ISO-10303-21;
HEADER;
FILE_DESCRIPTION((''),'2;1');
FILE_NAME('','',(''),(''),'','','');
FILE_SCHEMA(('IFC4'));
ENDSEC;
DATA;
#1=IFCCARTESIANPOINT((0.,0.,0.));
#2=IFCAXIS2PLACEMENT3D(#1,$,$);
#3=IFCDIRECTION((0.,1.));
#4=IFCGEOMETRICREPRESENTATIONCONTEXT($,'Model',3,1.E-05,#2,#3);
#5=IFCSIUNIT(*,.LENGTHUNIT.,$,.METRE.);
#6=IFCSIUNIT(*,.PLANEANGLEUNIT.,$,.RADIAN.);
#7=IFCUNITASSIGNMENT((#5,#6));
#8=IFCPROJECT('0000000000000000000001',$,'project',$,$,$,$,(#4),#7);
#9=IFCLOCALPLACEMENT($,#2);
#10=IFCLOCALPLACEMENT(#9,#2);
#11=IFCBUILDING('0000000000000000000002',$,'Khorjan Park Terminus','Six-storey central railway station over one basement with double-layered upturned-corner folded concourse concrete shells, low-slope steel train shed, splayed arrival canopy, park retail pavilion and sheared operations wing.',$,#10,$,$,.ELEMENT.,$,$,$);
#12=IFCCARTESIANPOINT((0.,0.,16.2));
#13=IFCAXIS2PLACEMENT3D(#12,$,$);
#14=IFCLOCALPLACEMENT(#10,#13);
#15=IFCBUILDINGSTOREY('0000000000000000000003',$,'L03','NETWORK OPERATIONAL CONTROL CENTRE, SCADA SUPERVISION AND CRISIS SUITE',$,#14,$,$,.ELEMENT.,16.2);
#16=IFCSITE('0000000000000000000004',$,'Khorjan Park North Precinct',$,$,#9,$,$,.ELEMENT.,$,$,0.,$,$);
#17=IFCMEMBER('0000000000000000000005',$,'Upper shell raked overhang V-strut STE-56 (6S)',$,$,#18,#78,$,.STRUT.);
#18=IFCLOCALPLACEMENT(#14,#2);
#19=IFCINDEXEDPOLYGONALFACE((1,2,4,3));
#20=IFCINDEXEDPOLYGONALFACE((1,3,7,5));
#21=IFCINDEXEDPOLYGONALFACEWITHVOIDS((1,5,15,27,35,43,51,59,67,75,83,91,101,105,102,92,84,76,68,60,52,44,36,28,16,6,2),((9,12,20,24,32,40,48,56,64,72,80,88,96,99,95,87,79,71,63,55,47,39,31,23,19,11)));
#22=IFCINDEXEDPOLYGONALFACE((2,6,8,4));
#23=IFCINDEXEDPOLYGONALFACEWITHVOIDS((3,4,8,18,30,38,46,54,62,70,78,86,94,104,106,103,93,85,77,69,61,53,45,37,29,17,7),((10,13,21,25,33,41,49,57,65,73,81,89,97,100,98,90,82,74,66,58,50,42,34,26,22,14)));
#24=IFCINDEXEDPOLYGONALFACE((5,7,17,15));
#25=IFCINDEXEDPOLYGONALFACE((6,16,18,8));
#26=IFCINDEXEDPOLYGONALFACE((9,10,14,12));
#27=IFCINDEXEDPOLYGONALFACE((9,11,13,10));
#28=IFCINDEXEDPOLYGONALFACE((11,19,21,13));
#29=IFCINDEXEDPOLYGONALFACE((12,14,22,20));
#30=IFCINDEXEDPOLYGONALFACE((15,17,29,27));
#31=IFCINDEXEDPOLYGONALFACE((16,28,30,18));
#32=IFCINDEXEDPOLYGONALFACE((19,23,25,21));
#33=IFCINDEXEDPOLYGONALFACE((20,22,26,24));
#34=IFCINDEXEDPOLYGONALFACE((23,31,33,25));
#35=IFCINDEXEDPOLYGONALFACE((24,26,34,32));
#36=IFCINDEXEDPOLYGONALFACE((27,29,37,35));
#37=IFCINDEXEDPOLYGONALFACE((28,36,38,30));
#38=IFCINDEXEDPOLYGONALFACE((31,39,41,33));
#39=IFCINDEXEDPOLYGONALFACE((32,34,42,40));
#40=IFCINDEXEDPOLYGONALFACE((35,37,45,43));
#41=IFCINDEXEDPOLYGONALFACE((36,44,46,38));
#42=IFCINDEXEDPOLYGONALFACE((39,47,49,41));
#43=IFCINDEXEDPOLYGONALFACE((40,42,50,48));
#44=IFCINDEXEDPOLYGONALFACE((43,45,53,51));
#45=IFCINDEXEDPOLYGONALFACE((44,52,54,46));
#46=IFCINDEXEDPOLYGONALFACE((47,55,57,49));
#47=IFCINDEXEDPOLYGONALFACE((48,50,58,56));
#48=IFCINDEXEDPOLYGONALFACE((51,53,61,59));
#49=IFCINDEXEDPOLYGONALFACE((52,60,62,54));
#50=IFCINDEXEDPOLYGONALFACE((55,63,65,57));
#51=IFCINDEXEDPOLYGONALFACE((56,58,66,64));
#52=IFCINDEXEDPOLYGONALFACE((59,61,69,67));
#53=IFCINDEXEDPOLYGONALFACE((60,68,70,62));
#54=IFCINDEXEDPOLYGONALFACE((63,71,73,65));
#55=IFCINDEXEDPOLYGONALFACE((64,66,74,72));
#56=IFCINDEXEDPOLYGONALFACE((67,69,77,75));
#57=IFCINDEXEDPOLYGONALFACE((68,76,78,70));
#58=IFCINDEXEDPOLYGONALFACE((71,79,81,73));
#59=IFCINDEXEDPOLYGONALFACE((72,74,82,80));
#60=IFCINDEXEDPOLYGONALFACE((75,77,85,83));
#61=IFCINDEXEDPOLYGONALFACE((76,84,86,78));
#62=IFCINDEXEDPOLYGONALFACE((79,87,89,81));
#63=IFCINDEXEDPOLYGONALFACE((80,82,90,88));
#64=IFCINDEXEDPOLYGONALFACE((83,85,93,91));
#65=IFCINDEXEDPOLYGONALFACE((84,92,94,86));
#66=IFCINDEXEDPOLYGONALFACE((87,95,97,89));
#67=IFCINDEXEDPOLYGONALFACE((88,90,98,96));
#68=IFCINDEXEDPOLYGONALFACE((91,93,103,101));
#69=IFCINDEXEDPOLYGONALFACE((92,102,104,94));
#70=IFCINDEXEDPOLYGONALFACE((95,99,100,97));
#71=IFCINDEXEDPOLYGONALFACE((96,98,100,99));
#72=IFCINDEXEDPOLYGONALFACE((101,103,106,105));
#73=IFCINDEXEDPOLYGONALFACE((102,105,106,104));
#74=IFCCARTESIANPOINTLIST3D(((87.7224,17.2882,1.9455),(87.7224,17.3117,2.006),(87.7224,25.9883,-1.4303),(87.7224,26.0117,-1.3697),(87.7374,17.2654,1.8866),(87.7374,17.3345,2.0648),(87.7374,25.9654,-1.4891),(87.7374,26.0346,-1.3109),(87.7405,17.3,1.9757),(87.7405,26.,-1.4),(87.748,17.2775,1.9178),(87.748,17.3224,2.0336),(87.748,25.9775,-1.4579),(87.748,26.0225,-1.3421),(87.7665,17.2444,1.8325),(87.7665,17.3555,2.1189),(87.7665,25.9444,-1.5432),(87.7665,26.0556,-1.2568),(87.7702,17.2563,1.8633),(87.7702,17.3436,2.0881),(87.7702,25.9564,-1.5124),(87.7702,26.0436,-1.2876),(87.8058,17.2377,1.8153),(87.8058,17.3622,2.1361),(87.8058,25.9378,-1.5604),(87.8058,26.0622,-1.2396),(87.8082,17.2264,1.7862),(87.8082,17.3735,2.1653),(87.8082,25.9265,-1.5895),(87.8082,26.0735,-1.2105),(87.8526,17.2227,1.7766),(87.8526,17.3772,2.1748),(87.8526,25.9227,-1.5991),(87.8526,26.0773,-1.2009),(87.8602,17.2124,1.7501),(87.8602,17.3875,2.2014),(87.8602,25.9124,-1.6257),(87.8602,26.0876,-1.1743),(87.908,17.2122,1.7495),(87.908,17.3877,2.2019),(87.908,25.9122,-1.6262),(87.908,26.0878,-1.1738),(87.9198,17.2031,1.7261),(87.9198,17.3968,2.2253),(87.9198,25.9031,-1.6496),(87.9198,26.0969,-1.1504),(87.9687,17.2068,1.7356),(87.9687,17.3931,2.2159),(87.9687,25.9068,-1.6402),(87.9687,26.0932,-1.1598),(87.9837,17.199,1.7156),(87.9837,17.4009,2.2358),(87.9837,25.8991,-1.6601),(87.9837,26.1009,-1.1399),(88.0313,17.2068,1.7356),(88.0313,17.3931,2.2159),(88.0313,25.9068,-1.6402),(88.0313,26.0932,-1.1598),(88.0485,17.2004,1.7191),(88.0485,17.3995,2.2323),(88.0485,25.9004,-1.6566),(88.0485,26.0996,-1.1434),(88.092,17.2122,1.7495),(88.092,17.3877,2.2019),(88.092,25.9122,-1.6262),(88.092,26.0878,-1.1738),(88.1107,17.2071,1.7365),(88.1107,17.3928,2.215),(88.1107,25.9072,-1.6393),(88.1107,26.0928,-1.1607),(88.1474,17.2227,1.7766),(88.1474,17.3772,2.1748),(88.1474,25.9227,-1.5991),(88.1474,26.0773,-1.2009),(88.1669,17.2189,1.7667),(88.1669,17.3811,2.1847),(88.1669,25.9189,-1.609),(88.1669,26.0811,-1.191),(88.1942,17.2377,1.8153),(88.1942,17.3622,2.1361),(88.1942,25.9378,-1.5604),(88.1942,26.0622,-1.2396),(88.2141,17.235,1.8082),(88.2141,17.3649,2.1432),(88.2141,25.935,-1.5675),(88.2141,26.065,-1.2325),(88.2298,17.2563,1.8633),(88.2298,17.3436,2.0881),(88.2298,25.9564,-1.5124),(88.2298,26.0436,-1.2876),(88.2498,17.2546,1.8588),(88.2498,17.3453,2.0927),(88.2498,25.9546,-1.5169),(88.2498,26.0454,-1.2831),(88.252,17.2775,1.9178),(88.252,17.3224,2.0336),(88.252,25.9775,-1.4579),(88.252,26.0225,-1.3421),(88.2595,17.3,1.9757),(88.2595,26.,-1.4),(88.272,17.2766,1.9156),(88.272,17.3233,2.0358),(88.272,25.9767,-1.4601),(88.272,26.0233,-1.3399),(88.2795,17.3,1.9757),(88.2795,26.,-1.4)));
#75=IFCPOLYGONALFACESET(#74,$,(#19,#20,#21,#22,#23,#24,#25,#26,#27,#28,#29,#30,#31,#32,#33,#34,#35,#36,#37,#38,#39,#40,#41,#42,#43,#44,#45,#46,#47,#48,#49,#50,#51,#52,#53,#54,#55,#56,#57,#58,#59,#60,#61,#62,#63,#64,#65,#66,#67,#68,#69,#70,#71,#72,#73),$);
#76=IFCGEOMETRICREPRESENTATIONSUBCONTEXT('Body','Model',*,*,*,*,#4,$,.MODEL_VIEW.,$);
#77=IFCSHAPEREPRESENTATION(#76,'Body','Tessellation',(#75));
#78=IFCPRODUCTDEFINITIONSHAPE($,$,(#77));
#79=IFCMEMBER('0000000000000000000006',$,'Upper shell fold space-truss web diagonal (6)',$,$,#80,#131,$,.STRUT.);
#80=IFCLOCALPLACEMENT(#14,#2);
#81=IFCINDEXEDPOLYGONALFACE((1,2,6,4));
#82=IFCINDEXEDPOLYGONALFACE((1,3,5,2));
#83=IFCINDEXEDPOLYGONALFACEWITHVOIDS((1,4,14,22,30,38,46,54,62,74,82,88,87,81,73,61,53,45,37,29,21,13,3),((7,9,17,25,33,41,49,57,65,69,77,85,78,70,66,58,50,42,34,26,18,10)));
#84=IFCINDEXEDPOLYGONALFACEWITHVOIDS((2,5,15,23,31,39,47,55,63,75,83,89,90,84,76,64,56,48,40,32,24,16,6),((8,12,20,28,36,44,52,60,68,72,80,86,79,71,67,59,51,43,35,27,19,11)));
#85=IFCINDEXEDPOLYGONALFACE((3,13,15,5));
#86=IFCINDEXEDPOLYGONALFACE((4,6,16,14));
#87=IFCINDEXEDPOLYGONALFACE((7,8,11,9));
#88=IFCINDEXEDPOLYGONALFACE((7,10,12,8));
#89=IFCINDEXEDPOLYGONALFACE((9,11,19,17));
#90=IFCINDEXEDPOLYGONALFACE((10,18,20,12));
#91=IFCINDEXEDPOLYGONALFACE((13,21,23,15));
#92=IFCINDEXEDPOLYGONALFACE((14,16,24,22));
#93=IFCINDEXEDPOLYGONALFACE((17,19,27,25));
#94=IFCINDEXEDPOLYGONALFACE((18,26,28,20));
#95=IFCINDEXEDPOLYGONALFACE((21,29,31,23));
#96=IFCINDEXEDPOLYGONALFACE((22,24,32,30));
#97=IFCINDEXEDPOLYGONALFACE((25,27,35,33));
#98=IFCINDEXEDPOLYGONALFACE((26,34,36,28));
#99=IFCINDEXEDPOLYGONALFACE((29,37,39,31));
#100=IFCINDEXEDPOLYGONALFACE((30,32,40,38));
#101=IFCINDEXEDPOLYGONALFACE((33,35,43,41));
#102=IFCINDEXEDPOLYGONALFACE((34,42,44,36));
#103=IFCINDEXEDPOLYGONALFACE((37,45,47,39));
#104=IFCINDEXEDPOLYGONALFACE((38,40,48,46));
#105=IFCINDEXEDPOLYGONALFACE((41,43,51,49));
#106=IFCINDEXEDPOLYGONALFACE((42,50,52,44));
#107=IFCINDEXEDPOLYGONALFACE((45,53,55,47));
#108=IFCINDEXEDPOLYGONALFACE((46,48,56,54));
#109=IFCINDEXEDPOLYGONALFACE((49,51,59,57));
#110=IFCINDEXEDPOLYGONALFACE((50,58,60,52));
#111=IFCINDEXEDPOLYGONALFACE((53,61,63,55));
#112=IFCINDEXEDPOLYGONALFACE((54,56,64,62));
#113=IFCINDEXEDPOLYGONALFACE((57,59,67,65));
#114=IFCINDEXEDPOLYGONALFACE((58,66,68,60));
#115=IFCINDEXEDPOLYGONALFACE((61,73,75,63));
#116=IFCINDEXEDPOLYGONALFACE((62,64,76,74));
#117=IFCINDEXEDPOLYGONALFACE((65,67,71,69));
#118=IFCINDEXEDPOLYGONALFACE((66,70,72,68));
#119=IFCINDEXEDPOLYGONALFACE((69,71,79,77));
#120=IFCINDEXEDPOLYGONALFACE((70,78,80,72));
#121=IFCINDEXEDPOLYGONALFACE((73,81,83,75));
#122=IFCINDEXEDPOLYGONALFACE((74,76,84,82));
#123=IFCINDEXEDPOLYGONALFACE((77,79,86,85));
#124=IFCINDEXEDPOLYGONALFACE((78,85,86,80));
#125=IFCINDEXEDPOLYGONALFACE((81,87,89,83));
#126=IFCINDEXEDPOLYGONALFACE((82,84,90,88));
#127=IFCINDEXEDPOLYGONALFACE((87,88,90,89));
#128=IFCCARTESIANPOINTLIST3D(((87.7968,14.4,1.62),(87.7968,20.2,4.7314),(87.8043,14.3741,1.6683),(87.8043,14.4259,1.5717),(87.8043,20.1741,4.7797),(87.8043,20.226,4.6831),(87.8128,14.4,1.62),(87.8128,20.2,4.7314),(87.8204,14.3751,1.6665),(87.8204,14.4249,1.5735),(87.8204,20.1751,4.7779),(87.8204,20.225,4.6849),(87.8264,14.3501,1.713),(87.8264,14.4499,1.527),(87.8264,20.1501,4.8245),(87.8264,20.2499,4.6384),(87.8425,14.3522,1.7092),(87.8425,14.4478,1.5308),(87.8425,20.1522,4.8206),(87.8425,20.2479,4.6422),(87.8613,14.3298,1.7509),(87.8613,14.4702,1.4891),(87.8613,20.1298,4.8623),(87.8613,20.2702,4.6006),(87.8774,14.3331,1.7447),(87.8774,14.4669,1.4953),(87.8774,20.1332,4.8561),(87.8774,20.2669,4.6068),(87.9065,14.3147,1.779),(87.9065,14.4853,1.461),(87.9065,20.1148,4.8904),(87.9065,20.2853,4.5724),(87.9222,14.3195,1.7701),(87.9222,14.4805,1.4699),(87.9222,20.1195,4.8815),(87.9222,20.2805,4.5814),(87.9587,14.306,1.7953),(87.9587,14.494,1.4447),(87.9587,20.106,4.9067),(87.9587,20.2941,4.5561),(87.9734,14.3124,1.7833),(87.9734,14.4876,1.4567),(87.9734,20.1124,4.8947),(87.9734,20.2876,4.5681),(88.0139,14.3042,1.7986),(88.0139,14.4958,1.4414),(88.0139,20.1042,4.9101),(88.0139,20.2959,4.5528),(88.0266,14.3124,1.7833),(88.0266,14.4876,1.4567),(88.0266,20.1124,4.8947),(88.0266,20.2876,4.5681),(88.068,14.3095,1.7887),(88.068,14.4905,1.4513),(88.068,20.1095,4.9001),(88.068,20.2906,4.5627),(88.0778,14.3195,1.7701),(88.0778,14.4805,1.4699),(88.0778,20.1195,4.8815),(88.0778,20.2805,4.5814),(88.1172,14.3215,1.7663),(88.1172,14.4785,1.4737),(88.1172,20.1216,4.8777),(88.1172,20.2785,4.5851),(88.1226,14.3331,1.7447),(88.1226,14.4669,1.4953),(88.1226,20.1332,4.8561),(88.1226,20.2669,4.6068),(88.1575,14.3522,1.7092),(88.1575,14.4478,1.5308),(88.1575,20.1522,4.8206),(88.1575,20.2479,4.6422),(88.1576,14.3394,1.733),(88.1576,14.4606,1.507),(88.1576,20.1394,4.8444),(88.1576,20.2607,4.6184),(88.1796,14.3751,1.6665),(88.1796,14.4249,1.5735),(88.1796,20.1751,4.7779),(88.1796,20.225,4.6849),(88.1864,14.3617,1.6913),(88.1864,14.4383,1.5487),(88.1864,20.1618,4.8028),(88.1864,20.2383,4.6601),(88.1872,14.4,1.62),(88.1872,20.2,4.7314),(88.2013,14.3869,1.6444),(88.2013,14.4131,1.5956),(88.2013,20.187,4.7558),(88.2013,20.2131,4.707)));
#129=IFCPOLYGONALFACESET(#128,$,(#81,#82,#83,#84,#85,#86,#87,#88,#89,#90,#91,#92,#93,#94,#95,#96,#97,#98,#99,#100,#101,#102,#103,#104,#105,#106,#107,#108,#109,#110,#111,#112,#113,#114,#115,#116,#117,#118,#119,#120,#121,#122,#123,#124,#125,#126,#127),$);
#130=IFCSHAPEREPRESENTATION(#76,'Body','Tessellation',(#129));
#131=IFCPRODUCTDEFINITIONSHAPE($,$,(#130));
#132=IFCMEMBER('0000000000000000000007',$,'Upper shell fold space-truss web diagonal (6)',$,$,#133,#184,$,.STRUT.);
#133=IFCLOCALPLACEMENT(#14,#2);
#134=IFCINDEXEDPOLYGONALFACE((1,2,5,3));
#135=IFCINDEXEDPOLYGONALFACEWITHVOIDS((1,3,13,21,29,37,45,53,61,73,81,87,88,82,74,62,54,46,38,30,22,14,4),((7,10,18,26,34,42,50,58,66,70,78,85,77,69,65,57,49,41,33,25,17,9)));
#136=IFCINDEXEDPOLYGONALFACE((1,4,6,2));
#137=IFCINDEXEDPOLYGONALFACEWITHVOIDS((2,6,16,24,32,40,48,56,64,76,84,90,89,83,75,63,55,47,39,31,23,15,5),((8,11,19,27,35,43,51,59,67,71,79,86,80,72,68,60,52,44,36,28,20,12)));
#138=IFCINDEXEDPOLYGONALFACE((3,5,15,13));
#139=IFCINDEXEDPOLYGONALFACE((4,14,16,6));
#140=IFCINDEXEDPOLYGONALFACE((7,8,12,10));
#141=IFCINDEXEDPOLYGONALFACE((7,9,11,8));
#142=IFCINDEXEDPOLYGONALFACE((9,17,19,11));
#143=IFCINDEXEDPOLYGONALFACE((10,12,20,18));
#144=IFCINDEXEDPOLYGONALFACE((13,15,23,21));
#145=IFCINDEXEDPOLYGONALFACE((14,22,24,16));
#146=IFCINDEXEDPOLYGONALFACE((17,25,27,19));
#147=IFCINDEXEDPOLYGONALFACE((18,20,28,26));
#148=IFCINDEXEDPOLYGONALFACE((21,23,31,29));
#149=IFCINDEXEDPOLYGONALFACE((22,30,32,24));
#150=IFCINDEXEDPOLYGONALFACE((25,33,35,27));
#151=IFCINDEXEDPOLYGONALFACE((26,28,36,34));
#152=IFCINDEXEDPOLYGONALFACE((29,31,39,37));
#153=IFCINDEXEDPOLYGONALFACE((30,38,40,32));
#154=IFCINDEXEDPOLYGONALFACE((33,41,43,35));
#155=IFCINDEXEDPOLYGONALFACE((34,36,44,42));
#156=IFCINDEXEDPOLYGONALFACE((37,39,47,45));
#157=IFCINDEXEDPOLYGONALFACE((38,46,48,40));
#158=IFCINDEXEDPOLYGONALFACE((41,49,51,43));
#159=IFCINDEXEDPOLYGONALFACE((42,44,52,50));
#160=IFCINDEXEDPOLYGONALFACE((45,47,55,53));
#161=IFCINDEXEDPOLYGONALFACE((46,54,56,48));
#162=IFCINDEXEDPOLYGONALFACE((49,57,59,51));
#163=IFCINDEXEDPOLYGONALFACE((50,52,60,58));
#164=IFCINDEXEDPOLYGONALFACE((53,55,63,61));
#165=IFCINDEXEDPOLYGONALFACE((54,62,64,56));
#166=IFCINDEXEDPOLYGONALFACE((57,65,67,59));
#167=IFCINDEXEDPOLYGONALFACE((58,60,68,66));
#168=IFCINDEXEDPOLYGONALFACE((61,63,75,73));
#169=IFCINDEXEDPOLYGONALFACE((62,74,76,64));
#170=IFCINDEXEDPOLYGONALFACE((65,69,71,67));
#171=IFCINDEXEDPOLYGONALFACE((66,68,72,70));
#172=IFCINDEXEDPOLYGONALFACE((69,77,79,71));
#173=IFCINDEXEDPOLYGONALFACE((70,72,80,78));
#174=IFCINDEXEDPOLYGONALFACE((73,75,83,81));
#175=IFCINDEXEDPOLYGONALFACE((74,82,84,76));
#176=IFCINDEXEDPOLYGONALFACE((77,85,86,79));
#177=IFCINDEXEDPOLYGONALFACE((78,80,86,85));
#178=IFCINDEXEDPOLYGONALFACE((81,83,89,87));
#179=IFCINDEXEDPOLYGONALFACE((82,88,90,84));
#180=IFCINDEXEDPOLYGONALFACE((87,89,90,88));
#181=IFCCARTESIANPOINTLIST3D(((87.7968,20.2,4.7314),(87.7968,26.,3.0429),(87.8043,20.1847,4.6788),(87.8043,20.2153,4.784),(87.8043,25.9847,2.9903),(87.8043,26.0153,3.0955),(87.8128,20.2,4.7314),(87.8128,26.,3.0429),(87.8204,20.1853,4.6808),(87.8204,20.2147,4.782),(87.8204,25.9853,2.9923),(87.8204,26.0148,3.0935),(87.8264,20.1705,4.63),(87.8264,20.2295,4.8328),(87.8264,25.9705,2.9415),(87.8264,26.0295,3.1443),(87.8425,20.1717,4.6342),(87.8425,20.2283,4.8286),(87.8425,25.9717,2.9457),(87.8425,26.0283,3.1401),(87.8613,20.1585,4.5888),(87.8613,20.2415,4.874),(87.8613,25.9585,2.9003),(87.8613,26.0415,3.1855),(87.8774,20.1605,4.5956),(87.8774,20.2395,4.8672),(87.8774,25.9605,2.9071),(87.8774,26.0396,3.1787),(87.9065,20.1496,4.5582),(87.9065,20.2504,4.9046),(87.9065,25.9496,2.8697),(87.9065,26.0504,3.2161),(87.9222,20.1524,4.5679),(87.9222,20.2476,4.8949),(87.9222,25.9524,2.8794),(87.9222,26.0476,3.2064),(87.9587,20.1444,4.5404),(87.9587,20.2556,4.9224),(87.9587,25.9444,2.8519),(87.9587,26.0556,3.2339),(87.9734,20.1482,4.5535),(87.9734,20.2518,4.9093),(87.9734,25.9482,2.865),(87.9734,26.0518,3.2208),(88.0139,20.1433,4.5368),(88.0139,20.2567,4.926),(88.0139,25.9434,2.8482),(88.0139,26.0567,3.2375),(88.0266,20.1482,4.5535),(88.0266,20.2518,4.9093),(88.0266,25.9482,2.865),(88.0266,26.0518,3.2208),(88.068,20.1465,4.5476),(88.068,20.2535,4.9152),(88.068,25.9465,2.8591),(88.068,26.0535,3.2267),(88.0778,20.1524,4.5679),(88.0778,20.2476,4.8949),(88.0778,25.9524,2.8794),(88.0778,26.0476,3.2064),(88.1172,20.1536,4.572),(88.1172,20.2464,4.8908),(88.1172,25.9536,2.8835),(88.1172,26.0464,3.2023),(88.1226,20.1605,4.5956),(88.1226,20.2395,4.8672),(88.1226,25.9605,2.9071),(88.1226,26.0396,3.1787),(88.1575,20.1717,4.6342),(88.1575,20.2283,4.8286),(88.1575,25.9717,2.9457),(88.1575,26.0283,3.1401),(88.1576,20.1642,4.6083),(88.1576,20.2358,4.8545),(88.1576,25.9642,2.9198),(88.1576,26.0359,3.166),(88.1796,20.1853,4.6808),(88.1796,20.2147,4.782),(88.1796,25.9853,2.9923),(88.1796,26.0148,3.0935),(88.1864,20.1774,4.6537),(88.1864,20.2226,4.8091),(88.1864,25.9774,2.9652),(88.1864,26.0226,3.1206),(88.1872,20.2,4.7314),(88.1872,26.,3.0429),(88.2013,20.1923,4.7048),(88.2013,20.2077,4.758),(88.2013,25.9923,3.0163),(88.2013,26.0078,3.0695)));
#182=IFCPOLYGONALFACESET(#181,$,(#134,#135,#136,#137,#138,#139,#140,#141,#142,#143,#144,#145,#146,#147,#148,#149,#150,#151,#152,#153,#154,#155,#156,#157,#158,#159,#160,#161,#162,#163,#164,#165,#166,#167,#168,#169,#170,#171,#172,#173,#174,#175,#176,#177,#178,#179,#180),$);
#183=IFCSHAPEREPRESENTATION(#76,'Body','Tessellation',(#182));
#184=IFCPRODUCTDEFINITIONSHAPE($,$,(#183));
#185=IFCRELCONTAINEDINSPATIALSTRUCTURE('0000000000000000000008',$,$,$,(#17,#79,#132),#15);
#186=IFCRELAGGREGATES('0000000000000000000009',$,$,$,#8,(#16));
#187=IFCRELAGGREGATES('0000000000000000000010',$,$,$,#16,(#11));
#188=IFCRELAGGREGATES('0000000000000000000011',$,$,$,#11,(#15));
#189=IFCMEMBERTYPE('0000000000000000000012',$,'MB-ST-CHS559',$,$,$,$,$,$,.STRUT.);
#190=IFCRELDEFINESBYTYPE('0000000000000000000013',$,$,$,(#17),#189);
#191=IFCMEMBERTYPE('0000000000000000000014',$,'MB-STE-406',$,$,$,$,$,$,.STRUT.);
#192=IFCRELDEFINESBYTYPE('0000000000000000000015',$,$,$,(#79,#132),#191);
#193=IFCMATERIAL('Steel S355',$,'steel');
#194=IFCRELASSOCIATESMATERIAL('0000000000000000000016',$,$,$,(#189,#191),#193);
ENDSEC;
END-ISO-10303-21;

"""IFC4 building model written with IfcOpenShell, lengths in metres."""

from ifc_helpers import new_model, si_unit, direction, frame, origin, origin_2d, place, context, subcontext, project, spatial, hollow_circle, extrude, material, material_profile, profile_set, type_object, element, save


model = new_model("IFC4")

# Units and contexts
model_context = context("Model", 3, precision=1e-05, world=origin(), true_north=direction((0.0, 1.0)))
body_context = subcontext(model_context, "Body", "Model", "MODEL_VIEW")
ifc_project = project(units=[si_unit("LENGTHUNIT", "METRE"), si_unit("PLANEANGLEUNIT", "RADIAN")], contexts=[model_context])

# Site, building, storey
site_placement = place(None, origin())
site = spatial("IfcSite", under=ifc_project, at=site_placement, Name="Khorjan Park North Precinct", CompositionType="ELEMENT", RefElevation=0.0)
building_placement = place(site_placement, origin())
building = spatial("IfcBuilding", under=site, at=building_placement, Name="Khorjan Park Terminus", Description="Six-storey central railway station over one basement with double-layered upturned-corner folded concourse concrete shells, low-slope steel train shed, splayed arrival canopy, park retail pavilion and sheared operations wing.", CompositionType="ELEMENT")
storey_placement = place(building_placement, frame((0.0, 0.0, 16.2)))
storey = spatial("IfcBuildingStorey", under=building, at=storey_placement, Name="L03", Description="NETWORK OPERATIONAL CONTROL CENTRE, SCADA SUPERVISION AND CRISIS SUITE", CompositionType="ELEMENT", Elevation=16.2)

# Members
ifc_material_1 = material(Name="Steel S355", Category="steel")
ifc_material_profile_1 = material_profile(ifc_material_1, hollow_circle(Radius=0.2795, WallThickness=0.02, at=origin_2d()), Name="CHS 559x20")
ifc_profile_set_1 = profile_set([ifc_material_profile_1], Name="Steel S355")
member_type_1 = type_object("IfcMemberType", Name="MB-ST-CHS559", PredefinedType="STRUT", material=ifc_profile_set_1)
member_1_placement = place(storey_placement, frame((88.0, 26.0, -1.4), z_axis=(0.0, -0.932281, 0.361736), x_axis=(1.0, 0.0, 0.0)))
element("IfcMember", 1, at=member_1_placement, inside=storey, type_object=member_type_1, Name="Upper shell raked overhang V-strut STE-56 (6S)", PredefinedType="STRUT", context=body_context, shape_type="SweptSolid", body=[
    extrude(hollow_circle(Radius=0.2795, WallThickness=0.02, at=origin_2d()), origin(), (0.0, 0.0, 1.0), 9.332),
])
ifc_material_profile_2 = material_profile(ifc_material_1, hollow_circle(Radius=0.2032, WallThickness=0.016, at=origin_2d()), Name="CHS 406.4x16")
ifc_profile_set_2 = profile_set([ifc_material_profile_2], Name="Steel S355")
member_type_2 = type_object("IfcMemberType", Name="MB-STE-406", PredefinedType="STRUT", material=ifc_profile_set_2)
member_2_placement = place(storey_placement, frame((88.0, 14.4, 1.62), z_axis=(0.0, 0.881211, 0.472724), x_axis=(-1.0, 0.0, 0.0)))
element("IfcMember", 2, at=member_2_placement, inside=storey, type_object=member_type_2, Name="Upper shell fold space-truss web diagonal (6)", PredefinedType="STRUT", context=body_context, shape_type="SweptSolid", body=[
    extrude(hollow_circle(Radius=0.2032, WallThickness=0.016, at=origin_2d()), origin(), (0.0, 0.0, 1.0), 6.5819),
])
member_3_placement = place(storey_placement, frame((88.0, 20.2, 4.7314), z_axis=(0.0, 0.960141, -0.279517), x_axis=(-1.0, 0.0, 0.0)))
element("IfcMember", 3, at=member_3_placement, inside=storey, type_object=member_type_2, Name="Upper shell fold space-truss web diagonal (6)", PredefinedType="STRUT", context=body_context, shape_type="SweptSolid", body=[
    extrude(hollow_circle(Radius=0.2032, WallThickness=0.016, at=origin_2d()), origin(), (0.0, 0.0, 1.0), 6.0408),
])

save(model, "model.ifc")
